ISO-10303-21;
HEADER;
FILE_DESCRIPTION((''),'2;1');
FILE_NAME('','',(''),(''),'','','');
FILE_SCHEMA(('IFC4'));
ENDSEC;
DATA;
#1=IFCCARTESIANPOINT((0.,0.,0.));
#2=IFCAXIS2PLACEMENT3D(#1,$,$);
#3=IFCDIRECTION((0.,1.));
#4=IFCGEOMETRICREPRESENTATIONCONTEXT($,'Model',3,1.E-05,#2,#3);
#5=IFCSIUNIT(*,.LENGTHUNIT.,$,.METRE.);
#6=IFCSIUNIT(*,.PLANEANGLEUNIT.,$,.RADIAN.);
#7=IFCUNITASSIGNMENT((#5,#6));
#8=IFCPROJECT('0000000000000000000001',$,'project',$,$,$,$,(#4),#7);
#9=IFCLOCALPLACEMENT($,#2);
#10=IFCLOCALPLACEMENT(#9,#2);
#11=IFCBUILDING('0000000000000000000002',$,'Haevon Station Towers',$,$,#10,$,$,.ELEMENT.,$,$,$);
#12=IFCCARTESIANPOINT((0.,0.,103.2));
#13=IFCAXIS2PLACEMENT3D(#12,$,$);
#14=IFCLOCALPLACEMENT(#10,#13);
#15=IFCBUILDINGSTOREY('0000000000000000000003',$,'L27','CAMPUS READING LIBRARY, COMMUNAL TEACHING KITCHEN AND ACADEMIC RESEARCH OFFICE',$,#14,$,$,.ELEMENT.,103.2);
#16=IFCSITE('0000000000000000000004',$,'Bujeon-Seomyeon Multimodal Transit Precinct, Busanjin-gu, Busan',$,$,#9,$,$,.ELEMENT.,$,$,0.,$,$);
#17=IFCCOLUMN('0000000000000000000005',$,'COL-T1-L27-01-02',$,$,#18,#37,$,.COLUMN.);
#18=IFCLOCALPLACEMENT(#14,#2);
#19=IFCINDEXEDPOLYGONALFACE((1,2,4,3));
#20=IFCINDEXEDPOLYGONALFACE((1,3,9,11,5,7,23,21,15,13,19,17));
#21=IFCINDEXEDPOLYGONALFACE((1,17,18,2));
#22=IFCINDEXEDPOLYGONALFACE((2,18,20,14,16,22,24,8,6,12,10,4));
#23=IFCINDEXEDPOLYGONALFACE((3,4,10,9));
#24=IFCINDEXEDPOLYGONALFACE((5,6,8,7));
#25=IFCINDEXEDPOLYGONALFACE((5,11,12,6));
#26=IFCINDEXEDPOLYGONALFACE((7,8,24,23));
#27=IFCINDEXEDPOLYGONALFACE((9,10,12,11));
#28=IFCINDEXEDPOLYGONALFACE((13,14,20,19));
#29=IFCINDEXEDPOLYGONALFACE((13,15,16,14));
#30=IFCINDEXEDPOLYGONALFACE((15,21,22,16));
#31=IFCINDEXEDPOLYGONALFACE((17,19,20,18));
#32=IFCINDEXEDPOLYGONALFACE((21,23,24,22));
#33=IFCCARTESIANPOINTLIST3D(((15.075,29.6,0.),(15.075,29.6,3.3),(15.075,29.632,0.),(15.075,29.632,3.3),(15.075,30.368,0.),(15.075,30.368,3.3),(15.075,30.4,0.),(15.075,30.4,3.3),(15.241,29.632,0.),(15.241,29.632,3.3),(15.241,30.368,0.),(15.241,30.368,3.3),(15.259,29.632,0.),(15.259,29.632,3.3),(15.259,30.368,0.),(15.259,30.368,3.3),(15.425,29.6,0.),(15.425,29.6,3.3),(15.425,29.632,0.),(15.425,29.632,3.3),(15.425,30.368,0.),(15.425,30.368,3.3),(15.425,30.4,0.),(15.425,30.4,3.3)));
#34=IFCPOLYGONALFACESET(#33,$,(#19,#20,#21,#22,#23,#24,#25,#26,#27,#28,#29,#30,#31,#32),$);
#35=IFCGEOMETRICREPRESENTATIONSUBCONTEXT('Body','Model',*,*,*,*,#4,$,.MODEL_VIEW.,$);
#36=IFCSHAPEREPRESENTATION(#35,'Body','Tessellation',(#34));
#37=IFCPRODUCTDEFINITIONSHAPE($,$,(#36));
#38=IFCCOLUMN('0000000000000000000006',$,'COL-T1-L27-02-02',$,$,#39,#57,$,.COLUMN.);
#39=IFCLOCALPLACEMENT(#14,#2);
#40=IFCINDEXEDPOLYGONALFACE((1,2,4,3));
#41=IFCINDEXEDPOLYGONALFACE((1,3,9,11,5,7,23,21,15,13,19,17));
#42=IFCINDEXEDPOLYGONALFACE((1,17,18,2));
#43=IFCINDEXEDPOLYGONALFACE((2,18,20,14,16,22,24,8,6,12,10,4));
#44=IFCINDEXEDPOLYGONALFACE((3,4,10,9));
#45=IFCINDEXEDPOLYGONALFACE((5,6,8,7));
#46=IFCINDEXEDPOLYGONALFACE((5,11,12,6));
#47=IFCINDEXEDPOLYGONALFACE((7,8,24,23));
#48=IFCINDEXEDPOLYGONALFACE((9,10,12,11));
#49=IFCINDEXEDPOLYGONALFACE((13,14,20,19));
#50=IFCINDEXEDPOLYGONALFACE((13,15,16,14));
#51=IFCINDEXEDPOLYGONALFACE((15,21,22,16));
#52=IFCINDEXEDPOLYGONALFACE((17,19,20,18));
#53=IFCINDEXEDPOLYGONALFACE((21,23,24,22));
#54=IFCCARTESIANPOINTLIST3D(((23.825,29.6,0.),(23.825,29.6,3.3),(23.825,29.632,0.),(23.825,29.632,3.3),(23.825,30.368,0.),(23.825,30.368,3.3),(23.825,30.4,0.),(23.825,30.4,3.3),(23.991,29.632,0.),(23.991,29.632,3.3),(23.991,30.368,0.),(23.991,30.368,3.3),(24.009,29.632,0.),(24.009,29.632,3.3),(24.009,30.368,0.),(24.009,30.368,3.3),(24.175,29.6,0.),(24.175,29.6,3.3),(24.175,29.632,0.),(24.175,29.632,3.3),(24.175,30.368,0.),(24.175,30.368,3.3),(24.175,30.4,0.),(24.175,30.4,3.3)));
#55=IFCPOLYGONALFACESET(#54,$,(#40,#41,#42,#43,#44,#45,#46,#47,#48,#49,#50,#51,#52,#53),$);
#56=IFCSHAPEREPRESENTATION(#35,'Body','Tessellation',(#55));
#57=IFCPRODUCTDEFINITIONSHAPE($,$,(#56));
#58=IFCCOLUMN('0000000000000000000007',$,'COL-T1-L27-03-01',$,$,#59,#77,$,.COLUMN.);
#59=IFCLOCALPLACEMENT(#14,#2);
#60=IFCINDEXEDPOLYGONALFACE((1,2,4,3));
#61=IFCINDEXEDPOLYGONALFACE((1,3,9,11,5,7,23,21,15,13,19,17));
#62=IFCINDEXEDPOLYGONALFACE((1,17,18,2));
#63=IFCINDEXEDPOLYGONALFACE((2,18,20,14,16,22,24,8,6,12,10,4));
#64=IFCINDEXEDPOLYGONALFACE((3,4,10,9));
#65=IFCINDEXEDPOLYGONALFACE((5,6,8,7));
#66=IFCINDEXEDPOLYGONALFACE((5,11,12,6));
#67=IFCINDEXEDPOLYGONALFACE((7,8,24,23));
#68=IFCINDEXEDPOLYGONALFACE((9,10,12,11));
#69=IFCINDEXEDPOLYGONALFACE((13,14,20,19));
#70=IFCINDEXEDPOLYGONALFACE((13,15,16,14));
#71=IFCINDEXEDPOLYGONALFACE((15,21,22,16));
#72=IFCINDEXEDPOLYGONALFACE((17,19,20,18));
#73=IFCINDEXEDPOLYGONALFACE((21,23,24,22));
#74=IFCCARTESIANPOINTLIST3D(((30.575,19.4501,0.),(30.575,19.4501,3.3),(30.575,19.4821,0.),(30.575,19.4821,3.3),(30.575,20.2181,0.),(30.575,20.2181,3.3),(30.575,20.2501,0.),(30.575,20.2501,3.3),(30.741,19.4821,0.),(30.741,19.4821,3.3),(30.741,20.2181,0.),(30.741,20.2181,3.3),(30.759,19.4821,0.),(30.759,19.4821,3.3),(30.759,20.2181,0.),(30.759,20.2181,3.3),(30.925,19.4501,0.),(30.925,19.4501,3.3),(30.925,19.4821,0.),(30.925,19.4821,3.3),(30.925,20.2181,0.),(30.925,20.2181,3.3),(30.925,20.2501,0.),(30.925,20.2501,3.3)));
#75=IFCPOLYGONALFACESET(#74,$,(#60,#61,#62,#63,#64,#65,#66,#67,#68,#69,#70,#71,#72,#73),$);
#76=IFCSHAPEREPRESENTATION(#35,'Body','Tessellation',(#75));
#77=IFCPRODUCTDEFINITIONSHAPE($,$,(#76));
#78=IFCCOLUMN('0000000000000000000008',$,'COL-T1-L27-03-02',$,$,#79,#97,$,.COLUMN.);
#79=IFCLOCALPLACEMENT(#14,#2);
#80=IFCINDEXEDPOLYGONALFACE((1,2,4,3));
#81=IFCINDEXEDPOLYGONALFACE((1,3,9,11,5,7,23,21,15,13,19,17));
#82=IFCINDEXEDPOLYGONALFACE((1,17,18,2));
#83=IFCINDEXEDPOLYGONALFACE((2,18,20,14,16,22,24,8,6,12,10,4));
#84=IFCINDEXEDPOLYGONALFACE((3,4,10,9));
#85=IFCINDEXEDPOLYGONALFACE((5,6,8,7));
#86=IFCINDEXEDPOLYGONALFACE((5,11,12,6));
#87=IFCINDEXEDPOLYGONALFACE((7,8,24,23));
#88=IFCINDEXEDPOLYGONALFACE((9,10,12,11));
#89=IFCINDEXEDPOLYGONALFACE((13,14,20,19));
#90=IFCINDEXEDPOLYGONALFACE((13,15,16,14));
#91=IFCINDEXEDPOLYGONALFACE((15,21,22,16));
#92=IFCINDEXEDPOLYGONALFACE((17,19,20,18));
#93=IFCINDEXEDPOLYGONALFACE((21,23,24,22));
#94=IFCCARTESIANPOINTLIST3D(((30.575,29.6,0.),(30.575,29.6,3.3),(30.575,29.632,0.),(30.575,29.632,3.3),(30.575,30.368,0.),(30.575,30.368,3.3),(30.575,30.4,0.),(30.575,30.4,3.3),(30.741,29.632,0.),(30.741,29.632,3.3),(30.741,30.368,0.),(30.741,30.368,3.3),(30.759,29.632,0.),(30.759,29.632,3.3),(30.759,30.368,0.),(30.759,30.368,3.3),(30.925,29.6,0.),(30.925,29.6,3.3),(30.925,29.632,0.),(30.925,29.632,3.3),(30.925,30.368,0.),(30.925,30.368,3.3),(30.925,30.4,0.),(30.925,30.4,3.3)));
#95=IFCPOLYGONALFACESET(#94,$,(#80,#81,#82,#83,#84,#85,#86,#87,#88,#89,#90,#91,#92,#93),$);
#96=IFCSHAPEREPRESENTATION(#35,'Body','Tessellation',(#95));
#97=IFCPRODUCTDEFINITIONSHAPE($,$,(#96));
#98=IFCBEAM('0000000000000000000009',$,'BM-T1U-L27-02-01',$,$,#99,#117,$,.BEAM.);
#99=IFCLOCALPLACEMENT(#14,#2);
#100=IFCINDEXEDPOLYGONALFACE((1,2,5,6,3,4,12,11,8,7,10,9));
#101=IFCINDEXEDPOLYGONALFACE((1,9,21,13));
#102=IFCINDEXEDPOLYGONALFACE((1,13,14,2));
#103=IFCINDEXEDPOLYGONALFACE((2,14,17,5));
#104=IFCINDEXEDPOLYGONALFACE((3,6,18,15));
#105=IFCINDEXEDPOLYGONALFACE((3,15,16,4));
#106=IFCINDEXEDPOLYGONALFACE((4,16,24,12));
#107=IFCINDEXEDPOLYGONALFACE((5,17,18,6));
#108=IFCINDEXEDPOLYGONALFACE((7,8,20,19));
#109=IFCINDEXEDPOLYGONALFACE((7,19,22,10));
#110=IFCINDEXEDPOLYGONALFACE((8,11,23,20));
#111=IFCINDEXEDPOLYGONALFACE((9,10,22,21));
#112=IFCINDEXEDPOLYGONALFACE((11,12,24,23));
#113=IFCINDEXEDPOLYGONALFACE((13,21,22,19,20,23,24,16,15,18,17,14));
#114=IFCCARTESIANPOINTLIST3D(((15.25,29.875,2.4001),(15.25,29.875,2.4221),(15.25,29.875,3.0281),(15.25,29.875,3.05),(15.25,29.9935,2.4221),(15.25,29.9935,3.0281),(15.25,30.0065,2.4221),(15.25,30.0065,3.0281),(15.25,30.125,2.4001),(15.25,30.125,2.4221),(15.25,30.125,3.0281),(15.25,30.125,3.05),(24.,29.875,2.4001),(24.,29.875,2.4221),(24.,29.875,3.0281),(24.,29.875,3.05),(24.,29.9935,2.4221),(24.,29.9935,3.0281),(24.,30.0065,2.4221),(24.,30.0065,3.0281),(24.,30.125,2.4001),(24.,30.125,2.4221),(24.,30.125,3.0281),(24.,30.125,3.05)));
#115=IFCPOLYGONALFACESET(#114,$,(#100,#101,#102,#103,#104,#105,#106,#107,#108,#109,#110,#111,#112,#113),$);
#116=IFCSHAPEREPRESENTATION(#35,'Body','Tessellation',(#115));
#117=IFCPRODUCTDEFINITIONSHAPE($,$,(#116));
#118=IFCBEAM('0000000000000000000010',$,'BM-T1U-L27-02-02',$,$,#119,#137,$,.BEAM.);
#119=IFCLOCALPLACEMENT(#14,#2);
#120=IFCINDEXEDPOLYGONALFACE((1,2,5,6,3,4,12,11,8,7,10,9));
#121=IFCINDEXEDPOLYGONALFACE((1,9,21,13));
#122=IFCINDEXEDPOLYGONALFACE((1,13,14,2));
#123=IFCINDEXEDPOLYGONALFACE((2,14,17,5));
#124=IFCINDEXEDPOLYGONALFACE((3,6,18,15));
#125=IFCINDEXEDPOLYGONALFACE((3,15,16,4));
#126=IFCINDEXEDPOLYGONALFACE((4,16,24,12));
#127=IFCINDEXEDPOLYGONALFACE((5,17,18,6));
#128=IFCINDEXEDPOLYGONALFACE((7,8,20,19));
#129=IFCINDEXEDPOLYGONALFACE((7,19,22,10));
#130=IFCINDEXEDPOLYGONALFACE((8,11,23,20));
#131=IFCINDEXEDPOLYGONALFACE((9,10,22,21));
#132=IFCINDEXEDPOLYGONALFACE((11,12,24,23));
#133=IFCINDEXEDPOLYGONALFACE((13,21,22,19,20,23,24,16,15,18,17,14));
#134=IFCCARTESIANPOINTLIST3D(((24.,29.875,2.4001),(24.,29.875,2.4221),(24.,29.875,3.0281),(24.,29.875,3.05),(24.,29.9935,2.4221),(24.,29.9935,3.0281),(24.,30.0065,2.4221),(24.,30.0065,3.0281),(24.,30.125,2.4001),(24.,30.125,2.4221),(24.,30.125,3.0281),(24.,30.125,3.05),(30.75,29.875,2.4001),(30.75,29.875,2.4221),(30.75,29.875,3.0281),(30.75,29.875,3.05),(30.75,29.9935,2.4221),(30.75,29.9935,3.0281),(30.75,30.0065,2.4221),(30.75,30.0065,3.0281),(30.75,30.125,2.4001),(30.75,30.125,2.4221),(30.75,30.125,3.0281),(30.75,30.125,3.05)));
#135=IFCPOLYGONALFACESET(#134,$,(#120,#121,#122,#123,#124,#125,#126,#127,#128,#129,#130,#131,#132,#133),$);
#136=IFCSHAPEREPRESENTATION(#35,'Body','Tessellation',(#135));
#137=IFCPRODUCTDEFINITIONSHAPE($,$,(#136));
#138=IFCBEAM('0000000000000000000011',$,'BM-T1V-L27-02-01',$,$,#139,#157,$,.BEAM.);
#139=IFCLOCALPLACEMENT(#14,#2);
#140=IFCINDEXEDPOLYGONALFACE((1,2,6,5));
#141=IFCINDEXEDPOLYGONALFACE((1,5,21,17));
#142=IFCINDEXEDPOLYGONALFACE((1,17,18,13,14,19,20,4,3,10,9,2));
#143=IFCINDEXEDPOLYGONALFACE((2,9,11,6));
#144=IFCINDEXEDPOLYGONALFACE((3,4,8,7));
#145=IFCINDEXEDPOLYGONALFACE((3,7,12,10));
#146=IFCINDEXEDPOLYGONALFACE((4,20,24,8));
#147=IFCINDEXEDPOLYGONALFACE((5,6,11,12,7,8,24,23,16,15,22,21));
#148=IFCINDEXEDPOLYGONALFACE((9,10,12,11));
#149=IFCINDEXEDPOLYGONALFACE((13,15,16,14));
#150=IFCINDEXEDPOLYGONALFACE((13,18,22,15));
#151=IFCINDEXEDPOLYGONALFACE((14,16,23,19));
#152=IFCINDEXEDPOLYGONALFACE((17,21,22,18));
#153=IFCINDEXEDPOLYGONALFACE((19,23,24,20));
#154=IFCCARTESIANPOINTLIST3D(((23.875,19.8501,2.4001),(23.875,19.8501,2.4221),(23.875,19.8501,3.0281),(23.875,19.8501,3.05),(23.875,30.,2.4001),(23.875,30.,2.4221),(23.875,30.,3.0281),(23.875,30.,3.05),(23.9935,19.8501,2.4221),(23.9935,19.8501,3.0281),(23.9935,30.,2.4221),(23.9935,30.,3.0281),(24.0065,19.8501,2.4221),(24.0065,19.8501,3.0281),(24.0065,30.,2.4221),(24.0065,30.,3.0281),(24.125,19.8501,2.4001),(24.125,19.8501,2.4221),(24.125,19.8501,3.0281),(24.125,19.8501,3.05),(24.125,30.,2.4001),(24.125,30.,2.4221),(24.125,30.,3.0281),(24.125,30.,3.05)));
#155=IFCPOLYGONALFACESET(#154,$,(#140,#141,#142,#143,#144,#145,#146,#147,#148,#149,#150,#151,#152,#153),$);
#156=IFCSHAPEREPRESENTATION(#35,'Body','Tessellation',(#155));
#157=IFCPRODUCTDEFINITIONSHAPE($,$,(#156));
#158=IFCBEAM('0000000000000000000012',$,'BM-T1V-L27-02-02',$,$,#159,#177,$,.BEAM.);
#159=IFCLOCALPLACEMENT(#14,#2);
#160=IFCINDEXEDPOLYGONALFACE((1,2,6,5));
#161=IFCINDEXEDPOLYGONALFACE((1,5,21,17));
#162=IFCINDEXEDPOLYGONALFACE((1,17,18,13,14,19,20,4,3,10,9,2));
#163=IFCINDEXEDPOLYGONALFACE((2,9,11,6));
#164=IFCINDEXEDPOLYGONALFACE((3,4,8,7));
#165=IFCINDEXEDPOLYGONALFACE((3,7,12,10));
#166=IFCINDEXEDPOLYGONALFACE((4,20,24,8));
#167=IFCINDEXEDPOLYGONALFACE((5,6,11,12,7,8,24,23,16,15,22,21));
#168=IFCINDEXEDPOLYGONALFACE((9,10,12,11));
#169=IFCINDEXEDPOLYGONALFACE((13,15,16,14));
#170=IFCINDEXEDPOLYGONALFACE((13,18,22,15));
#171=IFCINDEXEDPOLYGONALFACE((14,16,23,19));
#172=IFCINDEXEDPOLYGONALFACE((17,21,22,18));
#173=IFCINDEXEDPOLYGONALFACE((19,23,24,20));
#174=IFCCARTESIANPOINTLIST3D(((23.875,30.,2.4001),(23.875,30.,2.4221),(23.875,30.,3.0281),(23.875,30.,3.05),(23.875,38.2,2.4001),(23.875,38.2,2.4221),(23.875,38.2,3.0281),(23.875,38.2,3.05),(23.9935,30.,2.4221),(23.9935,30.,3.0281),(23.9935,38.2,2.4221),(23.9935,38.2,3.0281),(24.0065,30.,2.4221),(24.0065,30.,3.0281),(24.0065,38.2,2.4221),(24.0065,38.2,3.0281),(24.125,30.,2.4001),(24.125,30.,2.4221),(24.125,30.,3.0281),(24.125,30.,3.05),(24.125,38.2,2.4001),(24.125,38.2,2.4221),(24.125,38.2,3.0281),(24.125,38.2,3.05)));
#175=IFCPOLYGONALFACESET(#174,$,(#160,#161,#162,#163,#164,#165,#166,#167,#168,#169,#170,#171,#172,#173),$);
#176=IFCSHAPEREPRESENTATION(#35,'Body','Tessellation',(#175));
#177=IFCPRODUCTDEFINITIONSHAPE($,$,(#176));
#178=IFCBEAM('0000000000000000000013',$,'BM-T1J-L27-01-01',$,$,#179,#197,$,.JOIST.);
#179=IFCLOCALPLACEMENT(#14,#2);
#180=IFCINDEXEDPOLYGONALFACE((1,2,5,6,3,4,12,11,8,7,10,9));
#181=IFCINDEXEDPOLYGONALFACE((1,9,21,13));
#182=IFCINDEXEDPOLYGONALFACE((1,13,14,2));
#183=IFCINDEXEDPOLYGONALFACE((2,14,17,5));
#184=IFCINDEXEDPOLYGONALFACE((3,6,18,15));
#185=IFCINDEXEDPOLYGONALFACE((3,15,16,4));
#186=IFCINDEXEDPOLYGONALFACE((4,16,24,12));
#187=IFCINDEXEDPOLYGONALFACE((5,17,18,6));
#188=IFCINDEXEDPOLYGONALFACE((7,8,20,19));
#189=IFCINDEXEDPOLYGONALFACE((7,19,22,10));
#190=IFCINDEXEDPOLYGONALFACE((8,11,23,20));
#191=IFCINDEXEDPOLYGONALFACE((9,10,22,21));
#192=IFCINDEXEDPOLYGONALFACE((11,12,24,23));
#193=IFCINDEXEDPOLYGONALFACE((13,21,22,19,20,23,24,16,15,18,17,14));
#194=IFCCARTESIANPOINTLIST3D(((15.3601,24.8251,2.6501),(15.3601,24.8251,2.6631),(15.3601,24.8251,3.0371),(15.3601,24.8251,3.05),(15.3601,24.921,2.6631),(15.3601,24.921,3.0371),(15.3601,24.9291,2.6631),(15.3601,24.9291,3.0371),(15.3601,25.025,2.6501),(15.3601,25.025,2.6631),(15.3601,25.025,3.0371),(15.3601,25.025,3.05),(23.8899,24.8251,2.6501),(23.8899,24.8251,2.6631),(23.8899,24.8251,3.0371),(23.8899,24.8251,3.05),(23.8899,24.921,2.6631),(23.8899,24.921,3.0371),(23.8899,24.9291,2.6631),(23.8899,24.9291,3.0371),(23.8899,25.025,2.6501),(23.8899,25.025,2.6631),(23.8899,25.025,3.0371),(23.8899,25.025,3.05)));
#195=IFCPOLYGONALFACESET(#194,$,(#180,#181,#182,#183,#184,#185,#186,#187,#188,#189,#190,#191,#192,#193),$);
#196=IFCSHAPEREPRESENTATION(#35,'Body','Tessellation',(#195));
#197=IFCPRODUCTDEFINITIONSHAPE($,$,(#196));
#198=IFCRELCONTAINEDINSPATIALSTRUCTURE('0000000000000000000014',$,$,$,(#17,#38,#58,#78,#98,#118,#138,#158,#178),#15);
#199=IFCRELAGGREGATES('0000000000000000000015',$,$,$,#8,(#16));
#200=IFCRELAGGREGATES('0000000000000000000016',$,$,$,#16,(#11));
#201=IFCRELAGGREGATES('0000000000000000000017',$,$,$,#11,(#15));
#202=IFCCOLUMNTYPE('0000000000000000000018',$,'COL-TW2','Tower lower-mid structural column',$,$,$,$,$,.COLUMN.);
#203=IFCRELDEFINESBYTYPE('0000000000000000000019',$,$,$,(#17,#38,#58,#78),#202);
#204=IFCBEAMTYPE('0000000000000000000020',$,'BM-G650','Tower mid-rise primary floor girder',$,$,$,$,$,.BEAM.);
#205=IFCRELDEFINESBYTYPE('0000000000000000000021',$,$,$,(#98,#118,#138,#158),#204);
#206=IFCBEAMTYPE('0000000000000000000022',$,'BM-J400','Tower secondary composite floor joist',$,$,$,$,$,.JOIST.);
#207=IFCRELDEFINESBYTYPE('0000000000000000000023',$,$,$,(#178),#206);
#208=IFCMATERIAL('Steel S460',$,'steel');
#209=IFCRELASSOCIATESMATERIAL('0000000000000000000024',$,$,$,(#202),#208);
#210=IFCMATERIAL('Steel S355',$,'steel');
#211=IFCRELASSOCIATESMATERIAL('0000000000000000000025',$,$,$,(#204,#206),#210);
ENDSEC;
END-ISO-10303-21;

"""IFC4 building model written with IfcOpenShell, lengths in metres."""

from ifc_helpers import new_model, si_unit, direction, frame, origin, origin_2d, place, context, subcontext, project, spatial, i_section, extrude, material, material_profile, profile_set, type_object, element, save


model = new_model("IFC4")

# Units and contexts
model_context = context("Model", 3, precision=1e-05, world=origin(), true_north=direction((0.0, 1.0)))
body_context = subcontext(model_context, "Body", "Model", "MODEL_VIEW")
ifc_project = project(units=[si_unit("LENGTHUNIT", "METRE"), si_unit("PLANEANGLEUNIT", "RADIAN")], contexts=[model_context])

# Site, building, storey
site_placement = place(None, origin())
site = spatial("IfcSite", under=ifc_project, at=site_placement, Name="Bujeon-Seomyeon Multimodal Transit Precinct, Busanjin-gu, Busan", CompositionType="ELEMENT", RefElevation=0.0)
building_placement = place(site_placement, origin())
building = spatial("IfcBuilding", under=site, at=building_placement, Name="Haevon Station Towers", CompositionType="ELEMENT")
storey_placement = place(building_placement, frame((0.0, 0.0, 103.2)))
storey = spatial("IfcBuildingStorey", under=building, at=storey_placement, Name="L27", Description="CAMPUS READING LIBRARY, COMMUNAL TEACHING KITCHEN AND ACADEMIC RESEARCH OFFICE", CompositionType="ELEMENT", Elevation=103.2)

# Columns
ifc_material_1 = material(Name="Steel S460", Category="steel")
ifc_material_profile_1 = material_profile(ifc_material_1, i_section(OverallWidth=0.3501, OverallDepth=0.8, WebThickness=0.0181, FlangeThickness=0.032, at=origin_2d()), Name="H-800x350x18x32")
ifc_profile_set_1 = profile_set([ifc_material_profile_1], Name="Steel S460")
column_type = type_object("IfcColumnType", Name="COL-TW2", Description="Tower lower-mid structural column", PredefinedType="COLUMN", material=ifc_profile_set_1)
for number, where, z_axis, x_axis, name in (
    (1, (15.25, 30.0, 0.0), (0.0, 0.0, 1.0), (1.0, 0.0, 0.0), "COL-T1-L27-01-02"),
    (2, (24.0, 30.0, 0.0), (0.0, 0.0, 1.0), (1.0, 0.0, 0.0), "COL-T1-L27-02-02"),
    (3, (30.75, 19.8501, 0.0), (0.0, 0.0, 1.0), (1.0, 0.0, 0.0), "COL-T1-L27-03-01"),
    (4, (30.75, 30.0, 0.0), (0.0, 0.0, 1.0), (1.0, 0.0, 0.0), "COL-T1-L27-03-02"),
):
    element("IfcColumn", number, at=place(storey_placement, frame(where, z_axis=z_axis, x_axis=x_axis)), inside=storey, type_object=column_type, Name=name, PredefinedType="COLUMN", context=body_context, shape_type="SweptSolid", body=[
        extrude(i_section(OverallWidth=0.3501, OverallDepth=0.8, WebThickness=0.0181, FlangeThickness=0.032, at=origin_2d()), origin(), (0.0, 0.0, 1.0), 3.3),
    ])

# Beams
ifc_material_2 = material(Name="Steel S355", Category="steel")
ifc_material_profile_2 = material_profile(ifc_material_2, i_section(OverallWidth=0.25, OverallDepth=0.6499, WebThickness=0.0129, FlangeThickness=0.022, at=origin_2d()), Name="H-650x250x13x22")
ifc_profile_set_2 = profile_set([ifc_material_profile_2], Name="Steel S355")
beam_type_1 = type_object("IfcBeamType", Name="BM-G650", Description="Tower mid-rise primary floor girder", PredefinedType="BEAM", material=ifc_profile_set_2)
beam_1_placement = place(storey_placement, frame((15.25, 30.0, 2.7251), z_axis=(1.0, 0.0, 0.0), x_axis=(0.0, 1.0, 0.0)))
element("IfcBeam", 5, at=beam_1_placement, inside=storey, type_object=beam_type_1, Name="BM-T1U-L27-02-01", PredefinedType="BEAM", context=body_context, shape_type="SweptSolid", body=[
    extrude(i_section(OverallWidth=0.25, OverallDepth=0.6499, WebThickness=0.0129, FlangeThickness=0.022, at=origin_2d()), origin(), (0.0, 0.0, 1.0), 8.75),
])
beam_2_placement = place(storey_placement, frame((24.0, 30.0, 2.7251), z_axis=(1.0, 0.0, 0.0), x_axis=(0.0, 1.0, 0.0)))
element("IfcBeam", 6, at=beam_2_placement, inside=storey, type_object=beam_type_1, Name="BM-T1U-L27-02-02", PredefinedType="BEAM", context=body_context, shape_type="SweptSolid", body=[
    extrude(i_section(OverallWidth=0.25, OverallDepth=0.6499, WebThickness=0.0129, FlangeThickness=0.022, at=origin_2d()), origin(), (0.0, 0.0, 1.0), 6.75),
])
beam_3_placement = place(storey_placement, frame((24.0, 19.8501, 2.7251), z_axis=(0.0, 1.0, 0.0), x_axis=(-1.0, 0.0, 0.0)))
element("IfcBeam", 7, at=beam_3_placement, inside=storey, type_object=beam_type_1, Name="BM-T1V-L27-02-01", PredefinedType="BEAM", context=body_context, shape_type="SweptSolid", body=[
    extrude(i_section(OverallWidth=0.25, OverallDepth=0.6499, WebThickness=0.0129, FlangeThickness=0.022, at=origin_2d()), origin(), (0.0, 0.0, 1.0), 10.1499),
])
beam_4_placement = place(storey_placement, frame((24.0, 30.0, 2.7251), z_axis=(0.0, 1.0, 0.0), x_axis=(-1.0, 0.0, 0.0)))
element("IfcBeam", 8, at=beam_4_placement, inside=storey, type_object=beam_type_1, Name="BM-T1V-L27-02-02", PredefinedType="BEAM", context=body_context, shape_type="SweptSolid", body=[
    extrude(i_section(OverallWidth=0.25, OverallDepth=0.6499, WebThickness=0.0129, FlangeThickness=0.022, at=origin_2d()), origin(), (0.0, 0.0, 1.0), 8.2),
])
ifc_material_profile_3 = material_profile(ifc_material_2, i_section(OverallWidth=0.2, OverallDepth=0.3999, WebThickness=0.0081, FlangeThickness=0.0129, at=origin_2d()), Name="H-400x200x8x13")
ifc_profile_set_3 = profile_set([ifc_material_profile_3], Name="Steel S355")
beam_type_2 = type_object("IfcBeamType", Name="BM-J400", Description="Tower secondary composite floor joist", PredefinedType="JOIST", material=ifc_profile_set_3)
beam_5_placement = place(storey_placement, frame((15.3601, 24.925, 2.8501), z_axis=(1.0, 0.0, 0.0), x_axis=(0.0, 1.0, 0.0)))
element("IfcBeam", 9, at=beam_5_placement, inside=storey, type_object=beam_type_2, Name="BM-T1J-L27-01-01", PredefinedType="JOIST", context=body_context, shape_type="SweptSolid", body=[
    extrude(i_section(OverallWidth=0.2, OverallDepth=0.3999, WebThickness=0.0081, FlangeThickness=0.0129, at=origin_2d()), origin(), (0.0, 0.0, 1.0), 8.5298),
])

save(model, "model.ifc")
